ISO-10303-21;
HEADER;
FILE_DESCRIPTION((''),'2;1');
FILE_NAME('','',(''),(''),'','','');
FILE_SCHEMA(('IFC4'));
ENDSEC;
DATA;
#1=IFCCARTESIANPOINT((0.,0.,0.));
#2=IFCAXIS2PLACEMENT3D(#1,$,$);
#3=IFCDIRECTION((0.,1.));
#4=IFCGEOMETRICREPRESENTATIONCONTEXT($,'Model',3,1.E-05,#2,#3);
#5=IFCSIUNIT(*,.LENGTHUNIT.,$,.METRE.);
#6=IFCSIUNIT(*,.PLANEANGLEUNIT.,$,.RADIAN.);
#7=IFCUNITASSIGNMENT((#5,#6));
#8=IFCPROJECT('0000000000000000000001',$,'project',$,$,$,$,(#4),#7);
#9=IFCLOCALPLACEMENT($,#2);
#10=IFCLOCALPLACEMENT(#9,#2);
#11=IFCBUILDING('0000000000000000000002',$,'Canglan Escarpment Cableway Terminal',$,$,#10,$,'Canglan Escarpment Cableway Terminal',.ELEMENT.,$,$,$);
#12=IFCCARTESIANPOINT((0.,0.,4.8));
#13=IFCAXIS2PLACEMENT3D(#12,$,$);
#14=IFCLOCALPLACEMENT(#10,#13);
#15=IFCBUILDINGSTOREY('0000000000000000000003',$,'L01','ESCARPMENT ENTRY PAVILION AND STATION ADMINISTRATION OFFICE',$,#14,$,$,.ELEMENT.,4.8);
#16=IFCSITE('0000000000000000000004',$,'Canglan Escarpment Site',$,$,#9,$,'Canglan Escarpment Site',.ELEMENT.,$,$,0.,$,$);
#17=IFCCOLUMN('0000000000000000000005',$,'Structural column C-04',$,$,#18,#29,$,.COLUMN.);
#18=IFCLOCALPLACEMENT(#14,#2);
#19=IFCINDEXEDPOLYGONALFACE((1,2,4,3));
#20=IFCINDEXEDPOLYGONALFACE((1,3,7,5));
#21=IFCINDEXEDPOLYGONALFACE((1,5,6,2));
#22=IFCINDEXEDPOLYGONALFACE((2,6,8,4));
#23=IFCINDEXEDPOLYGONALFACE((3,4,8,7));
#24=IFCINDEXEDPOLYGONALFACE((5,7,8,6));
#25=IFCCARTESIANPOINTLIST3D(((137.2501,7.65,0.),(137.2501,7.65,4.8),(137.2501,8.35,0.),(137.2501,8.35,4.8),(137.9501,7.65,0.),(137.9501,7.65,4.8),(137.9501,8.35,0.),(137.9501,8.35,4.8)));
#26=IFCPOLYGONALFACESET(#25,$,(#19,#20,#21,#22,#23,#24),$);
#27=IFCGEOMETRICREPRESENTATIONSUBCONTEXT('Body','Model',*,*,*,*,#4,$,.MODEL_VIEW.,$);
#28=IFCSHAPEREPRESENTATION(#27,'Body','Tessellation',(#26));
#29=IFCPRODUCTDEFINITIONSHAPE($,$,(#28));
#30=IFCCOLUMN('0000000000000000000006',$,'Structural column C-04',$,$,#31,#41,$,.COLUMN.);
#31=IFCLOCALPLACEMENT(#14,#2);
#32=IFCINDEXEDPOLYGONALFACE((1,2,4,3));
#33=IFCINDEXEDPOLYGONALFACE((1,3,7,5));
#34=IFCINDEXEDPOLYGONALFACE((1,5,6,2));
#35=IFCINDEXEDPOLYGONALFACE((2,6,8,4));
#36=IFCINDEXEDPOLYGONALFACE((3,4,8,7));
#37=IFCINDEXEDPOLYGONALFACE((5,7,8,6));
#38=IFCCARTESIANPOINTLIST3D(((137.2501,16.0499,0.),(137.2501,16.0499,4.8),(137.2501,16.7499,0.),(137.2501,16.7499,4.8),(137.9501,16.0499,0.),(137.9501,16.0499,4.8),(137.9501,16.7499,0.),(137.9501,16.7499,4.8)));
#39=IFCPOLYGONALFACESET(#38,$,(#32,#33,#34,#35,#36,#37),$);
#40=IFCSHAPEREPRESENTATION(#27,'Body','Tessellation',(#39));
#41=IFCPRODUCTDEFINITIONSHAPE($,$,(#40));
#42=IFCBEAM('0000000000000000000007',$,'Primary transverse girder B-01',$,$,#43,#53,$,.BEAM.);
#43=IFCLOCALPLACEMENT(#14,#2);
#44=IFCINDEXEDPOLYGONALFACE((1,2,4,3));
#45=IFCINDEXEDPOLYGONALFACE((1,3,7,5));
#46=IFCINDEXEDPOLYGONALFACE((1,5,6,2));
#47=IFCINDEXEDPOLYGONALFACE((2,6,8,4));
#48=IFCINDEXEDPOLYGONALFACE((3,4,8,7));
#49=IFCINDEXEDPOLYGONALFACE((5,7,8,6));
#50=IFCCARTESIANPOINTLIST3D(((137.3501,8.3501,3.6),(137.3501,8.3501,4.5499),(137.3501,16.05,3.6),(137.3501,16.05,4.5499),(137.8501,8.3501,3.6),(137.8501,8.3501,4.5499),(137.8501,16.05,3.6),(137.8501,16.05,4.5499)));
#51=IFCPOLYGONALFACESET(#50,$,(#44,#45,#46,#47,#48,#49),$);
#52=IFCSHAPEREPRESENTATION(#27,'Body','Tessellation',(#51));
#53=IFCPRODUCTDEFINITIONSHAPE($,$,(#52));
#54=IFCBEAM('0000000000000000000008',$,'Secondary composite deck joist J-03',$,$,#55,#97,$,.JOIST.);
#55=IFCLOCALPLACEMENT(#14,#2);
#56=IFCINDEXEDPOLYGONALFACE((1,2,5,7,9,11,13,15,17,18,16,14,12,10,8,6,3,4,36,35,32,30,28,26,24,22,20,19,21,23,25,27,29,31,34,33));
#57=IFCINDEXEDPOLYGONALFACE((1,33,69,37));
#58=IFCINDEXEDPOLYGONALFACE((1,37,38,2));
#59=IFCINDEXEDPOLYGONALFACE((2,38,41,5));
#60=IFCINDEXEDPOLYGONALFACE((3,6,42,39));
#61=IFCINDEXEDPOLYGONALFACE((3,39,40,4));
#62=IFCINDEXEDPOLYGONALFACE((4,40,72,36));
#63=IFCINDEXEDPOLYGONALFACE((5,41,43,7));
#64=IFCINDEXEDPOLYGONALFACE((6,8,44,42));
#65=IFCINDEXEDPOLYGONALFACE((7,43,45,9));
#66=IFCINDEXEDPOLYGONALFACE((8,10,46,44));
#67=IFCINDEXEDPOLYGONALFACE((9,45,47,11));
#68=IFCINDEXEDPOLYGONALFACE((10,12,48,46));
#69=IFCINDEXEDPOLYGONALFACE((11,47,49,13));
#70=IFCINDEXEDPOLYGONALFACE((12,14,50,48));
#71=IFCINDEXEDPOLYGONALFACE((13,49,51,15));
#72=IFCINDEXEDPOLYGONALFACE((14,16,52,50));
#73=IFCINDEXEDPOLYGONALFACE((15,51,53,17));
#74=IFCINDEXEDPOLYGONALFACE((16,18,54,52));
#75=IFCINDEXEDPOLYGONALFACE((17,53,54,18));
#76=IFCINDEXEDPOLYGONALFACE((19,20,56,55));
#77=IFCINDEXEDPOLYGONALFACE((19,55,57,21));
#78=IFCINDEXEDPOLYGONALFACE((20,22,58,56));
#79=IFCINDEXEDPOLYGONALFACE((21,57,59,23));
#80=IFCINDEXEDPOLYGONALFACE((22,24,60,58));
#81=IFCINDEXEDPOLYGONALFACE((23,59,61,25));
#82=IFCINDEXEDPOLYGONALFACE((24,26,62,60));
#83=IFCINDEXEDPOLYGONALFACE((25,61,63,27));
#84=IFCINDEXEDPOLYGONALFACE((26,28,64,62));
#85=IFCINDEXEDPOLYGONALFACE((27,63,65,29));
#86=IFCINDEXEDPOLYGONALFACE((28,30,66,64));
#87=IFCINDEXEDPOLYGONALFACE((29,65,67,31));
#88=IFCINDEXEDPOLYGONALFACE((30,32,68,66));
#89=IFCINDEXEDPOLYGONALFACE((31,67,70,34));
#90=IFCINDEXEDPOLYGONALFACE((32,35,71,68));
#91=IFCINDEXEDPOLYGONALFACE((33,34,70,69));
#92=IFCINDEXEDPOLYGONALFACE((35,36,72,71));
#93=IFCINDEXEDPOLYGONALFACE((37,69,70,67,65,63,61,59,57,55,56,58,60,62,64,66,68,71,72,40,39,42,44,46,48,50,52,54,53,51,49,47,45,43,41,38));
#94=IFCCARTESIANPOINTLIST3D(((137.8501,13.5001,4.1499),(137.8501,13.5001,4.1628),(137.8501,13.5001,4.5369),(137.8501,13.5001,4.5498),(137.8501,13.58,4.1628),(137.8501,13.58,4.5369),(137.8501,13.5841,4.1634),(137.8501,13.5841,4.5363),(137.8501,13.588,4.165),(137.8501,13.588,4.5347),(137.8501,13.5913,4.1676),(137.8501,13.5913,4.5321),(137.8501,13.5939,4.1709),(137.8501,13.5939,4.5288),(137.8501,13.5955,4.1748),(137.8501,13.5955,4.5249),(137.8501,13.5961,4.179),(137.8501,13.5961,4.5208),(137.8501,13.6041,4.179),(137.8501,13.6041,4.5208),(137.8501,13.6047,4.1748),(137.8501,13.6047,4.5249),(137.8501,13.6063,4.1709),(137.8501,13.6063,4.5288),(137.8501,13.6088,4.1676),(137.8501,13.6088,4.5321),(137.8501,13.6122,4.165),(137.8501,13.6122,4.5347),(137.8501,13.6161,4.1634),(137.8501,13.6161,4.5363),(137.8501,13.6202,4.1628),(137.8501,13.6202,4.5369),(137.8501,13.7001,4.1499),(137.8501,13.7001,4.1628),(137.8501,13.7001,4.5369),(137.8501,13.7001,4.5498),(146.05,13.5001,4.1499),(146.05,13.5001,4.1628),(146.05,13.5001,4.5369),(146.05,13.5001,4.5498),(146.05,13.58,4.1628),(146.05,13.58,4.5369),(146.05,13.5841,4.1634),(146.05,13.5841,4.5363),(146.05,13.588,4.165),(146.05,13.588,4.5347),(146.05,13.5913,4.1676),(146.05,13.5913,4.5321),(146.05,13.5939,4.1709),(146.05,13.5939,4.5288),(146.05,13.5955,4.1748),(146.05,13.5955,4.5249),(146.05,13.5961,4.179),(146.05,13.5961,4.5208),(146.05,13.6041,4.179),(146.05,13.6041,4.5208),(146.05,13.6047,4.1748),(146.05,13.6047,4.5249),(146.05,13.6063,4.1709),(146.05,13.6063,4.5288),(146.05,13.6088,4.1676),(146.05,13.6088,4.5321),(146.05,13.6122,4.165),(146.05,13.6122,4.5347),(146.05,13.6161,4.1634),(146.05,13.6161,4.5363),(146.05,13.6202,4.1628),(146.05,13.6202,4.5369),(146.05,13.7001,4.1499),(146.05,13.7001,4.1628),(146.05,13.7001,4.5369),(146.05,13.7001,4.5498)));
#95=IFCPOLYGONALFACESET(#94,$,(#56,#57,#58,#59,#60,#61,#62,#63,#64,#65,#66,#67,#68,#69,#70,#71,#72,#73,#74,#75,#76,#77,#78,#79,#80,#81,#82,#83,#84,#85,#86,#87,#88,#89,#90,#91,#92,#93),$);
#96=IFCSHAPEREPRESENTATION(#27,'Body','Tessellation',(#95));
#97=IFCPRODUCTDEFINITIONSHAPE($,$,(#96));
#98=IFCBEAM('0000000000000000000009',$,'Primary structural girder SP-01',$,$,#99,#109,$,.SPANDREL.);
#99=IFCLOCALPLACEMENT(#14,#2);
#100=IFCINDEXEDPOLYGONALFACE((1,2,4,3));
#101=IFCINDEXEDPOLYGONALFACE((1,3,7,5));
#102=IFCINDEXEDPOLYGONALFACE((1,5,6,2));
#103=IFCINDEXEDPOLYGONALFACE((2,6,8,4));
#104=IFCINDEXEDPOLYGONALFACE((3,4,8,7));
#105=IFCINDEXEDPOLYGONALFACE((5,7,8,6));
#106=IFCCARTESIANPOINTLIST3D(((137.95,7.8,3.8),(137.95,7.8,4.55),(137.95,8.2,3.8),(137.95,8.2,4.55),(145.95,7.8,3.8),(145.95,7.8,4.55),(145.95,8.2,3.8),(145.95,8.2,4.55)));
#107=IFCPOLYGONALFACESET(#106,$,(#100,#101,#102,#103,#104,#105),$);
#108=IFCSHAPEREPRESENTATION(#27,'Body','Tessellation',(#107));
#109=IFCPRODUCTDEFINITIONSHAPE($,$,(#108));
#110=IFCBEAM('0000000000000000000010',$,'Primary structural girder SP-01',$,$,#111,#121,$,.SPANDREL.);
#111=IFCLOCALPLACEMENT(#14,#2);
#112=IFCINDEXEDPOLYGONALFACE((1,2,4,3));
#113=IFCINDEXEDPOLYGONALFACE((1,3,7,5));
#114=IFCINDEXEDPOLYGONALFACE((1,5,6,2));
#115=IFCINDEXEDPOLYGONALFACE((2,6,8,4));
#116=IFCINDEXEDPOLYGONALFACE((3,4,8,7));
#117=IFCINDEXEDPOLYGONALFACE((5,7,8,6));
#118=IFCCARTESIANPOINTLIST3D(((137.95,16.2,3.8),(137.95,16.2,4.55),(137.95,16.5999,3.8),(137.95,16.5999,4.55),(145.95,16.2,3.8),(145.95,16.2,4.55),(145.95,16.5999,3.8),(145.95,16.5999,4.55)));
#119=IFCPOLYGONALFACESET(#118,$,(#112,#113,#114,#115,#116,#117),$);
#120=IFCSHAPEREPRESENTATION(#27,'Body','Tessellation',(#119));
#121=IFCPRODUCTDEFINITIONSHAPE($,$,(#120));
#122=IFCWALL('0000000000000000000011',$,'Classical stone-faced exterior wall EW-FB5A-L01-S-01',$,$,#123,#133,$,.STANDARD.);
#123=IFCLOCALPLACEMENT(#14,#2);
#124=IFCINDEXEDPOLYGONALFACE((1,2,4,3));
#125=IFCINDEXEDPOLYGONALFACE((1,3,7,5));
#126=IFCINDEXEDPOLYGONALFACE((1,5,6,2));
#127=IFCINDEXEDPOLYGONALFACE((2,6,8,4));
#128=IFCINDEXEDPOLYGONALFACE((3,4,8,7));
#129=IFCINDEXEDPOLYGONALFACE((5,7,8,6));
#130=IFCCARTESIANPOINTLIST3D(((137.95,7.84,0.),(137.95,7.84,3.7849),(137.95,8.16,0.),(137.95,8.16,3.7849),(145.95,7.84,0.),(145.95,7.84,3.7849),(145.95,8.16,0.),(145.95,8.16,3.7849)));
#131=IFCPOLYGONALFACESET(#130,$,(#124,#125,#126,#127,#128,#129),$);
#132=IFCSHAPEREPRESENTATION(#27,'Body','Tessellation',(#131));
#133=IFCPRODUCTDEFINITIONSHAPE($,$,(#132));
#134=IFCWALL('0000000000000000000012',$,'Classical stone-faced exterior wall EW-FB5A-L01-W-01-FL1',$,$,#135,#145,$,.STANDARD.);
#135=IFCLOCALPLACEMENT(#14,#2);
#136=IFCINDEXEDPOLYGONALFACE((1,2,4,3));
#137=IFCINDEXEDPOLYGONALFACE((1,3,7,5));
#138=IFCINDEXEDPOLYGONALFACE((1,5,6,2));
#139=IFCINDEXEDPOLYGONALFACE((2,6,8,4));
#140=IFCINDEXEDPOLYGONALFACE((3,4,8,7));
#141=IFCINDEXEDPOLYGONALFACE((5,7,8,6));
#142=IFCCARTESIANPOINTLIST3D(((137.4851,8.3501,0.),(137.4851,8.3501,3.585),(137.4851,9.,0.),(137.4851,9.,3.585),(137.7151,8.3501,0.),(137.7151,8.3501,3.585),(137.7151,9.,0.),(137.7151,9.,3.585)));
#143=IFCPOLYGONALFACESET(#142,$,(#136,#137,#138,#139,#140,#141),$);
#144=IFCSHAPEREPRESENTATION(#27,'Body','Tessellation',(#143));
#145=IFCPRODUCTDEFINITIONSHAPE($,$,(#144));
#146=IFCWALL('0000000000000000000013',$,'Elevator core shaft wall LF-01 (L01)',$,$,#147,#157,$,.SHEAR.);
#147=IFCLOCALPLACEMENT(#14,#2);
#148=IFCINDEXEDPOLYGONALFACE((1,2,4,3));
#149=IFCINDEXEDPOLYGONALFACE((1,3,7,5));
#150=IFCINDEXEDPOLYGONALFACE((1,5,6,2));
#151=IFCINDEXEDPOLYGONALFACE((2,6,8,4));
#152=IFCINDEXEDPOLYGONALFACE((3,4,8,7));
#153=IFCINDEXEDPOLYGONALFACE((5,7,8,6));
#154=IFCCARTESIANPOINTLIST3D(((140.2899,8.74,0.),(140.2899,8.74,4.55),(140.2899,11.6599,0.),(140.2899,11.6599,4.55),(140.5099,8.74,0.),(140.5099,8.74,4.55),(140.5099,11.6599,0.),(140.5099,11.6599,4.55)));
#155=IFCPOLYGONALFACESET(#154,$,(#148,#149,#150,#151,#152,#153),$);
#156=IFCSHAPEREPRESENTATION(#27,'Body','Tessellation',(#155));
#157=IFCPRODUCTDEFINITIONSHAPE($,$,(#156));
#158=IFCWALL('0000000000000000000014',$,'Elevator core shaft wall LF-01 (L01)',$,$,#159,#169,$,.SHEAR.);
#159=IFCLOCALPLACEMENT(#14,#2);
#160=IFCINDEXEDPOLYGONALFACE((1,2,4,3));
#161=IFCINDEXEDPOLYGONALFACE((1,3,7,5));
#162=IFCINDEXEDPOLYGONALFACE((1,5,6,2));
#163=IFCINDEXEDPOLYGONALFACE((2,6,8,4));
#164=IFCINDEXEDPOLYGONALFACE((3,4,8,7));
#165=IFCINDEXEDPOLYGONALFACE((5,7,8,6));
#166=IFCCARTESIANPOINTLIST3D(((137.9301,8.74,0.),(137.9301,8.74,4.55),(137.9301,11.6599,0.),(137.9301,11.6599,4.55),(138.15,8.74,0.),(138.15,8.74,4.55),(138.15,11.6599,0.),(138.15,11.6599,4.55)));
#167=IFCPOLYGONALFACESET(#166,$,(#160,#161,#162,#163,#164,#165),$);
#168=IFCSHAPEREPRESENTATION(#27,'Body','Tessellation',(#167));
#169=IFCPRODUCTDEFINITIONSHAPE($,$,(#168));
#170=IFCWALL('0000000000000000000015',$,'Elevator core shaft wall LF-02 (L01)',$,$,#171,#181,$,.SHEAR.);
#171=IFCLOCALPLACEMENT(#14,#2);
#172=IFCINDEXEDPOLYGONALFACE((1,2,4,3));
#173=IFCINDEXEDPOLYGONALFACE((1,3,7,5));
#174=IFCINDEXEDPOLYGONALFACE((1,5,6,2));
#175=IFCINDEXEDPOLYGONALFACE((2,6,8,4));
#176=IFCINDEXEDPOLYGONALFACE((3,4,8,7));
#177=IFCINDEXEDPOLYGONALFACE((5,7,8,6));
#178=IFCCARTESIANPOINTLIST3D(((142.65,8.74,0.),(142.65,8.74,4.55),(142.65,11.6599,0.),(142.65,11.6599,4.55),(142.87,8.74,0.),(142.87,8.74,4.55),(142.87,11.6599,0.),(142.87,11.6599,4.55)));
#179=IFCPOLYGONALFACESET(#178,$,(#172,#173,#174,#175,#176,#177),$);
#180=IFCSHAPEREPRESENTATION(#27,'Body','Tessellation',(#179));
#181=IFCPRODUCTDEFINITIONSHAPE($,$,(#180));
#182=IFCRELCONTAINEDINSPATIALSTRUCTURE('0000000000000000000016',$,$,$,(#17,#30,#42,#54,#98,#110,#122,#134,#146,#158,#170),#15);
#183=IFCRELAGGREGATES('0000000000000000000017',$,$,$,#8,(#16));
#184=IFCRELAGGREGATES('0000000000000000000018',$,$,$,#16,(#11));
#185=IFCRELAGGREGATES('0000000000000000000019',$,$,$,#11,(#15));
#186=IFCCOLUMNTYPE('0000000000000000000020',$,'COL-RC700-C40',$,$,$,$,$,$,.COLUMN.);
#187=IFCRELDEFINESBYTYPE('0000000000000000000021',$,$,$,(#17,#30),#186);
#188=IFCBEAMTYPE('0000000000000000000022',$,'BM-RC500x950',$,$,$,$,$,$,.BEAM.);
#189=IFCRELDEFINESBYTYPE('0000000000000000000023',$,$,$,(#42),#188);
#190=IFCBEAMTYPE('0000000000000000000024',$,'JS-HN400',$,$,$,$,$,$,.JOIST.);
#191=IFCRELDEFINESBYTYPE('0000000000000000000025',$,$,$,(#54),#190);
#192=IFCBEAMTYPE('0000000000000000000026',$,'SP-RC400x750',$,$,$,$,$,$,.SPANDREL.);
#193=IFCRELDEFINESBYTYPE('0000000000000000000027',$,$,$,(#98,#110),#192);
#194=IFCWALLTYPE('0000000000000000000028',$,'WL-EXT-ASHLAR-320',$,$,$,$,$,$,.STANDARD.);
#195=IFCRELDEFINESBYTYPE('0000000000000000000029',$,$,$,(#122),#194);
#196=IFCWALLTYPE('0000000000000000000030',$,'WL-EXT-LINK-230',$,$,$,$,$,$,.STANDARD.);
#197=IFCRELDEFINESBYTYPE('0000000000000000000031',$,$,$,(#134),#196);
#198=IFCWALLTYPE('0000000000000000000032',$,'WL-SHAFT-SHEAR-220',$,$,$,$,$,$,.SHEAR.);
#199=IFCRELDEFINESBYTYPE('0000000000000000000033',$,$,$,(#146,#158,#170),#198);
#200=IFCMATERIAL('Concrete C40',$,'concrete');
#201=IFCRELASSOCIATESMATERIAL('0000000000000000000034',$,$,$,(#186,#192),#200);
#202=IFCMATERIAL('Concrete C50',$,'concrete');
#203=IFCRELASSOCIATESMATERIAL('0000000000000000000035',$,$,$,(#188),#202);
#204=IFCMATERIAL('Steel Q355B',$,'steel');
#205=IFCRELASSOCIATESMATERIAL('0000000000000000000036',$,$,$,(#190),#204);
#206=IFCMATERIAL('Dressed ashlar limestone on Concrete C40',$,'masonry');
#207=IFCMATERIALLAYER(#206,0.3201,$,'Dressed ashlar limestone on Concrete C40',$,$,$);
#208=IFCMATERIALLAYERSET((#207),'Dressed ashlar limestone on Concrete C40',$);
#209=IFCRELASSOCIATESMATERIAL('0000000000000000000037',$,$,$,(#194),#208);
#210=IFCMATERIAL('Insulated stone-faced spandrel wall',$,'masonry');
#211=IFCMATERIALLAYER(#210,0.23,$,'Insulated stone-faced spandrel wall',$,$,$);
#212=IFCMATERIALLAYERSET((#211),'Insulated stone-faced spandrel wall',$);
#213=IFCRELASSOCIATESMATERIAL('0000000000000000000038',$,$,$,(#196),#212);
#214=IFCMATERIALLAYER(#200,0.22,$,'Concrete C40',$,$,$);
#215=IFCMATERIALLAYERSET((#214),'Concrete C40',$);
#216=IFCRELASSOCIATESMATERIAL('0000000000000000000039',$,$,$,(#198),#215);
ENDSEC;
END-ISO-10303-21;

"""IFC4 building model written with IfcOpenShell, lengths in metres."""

from ifc_helpers import new_model, si_unit, direction, frame, frame_2d, origin, origin_2d, place, context, subcontext, project, spatial, rectangle, i_section, extrude, material, layer, layer_set, material_profile, profile_set, type_object, element, save


model = new_model("IFC4")

# Units and contexts
model_context = context("Model", 3, precision=1e-05, world=origin(), true_north=direction((0.0, 1.0)))
body_context = subcontext(model_context, "Body", "Model", "MODEL_VIEW")
ifc_project = project(units=[si_unit("LENGTHUNIT", "METRE"), si_unit("PLANEANGLEUNIT", "RADIAN")], contexts=[model_context])

# Site, building, storey
site_placement = place(None, origin())
site = spatial("IfcSite", under=ifc_project, at=site_placement, Name="Canglan Escarpment Site", LongName="Canglan Escarpment Site", CompositionType="ELEMENT", RefElevation=0.0)
building_placement = place(site_placement, origin())
building = spatial("IfcBuilding", under=site, at=building_placement, Name="Canglan Escarpment Cableway Terminal", LongName="Canglan Escarpment Cableway Terminal", CompositionType="ELEMENT")
storey_placement = place(building_placement, frame((0.0, 0.0, 4.8)))
storey = spatial("IfcBuildingStorey", under=building, at=storey_placement, Name="L01", Description="ESCARPMENT ENTRY PAVILION AND STATION ADMINISTRATION OFFICE", CompositionType="ELEMENT", Elevation=4.8)

# Columns
ifc_material_1 = material(Name="Concrete C40", Category="concrete")
ifc_material_profile_1 = material_profile(ifc_material_1, rectangle(XDim=0.7, YDim=0.7, at=origin_2d()), Name="RC 700x700")
ifc_profile_set_1 = profile_set([ifc_material_profile_1], Name="Concrete C40")
column_type = type_object("IfcColumnType", Name="COL-RC700-C40", PredefinedType="COLUMN", material=ifc_profile_set_1)
for number, where, z_axis, x_axis, name in (
    (1, (137.6001, 8.0, 0.0), (0.0, 0.0, 1.0), (1.0, 0.0, 0.0), "Structural column C-04"),
    (2, (137.6001, 16.3999, 0.0), (0.0, 0.0, 1.0), (1.0, 0.0, 0.0), "Structural column C-04"),
):
    element("IfcColumn", number, at=place(storey_placement, frame(where, z_axis=z_axis, x_axis=x_axis)), inside=storey, type_object=column_type, Name=name, PredefinedType="COLUMN", context=body_context, shape_type="SweptSolid", body=[
        extrude(rectangle(XDim=0.7, YDim=0.7, at=origin_2d()), origin(), (0.0, 0.0, 1.0), 4.8),
    ])

# Beams
ifc_material_2 = material(Name="Concrete C50", Category="concrete")
ifc_material_profile_2 = material_profile(ifc_material_2, rectangle(XDim=0.5, YDim=0.95, at=origin_2d()), Name="RC 500x950")
ifc_profile_set_2 = profile_set([ifc_material_profile_2], Name="Concrete C50")
beam_type_1 = type_object("IfcBeamType", Name="BM-RC500x950", PredefinedType="BEAM", material=ifc_profile_set_2)
beam_1_placement = place(storey_placement, frame((137.6001, 8.3501, 4.075), z_axis=(0.0, 1.0, 0.0), x_axis=(-1.0, 0.0, 0.0)))
element("IfcBeam", 3, at=beam_1_placement, inside=storey, type_object=beam_type_1, Name="Primary transverse girder B-01", PredefinedType="BEAM", context=body_context, shape_type="SweptSolid", body=[
    extrude(rectangle(XDim=0.5, YDim=0.95, at=origin_2d()), origin(), (0.0, 0.0, 1.0), 7.7),
])
ifc_material_3 = material(Name="Steel Q355B", Category="steel")
ifc_material_profile_3 = material_profile(ifc_material_3, i_section(OverallWidth=0.2, OverallDepth=0.3999, WebThickness=0.0081, FlangeThickness=0.0129, FilletRadius=0.0161, at=origin_2d()), Name="HN 400x200x8x13")
ifc_profile_set_3 = profile_set([ifc_material_profile_3], Name="Steel Q355B")
beam_type_2 = type_object("IfcBeamType", Name="JS-HN400", PredefinedType="JOIST", material=ifc_profile_set_3)
beam_2_placement = place(storey_placement, frame((137.8501, 13.6001, 4.3499), z_axis=(1.0, 0.0, 0.0), x_axis=(0.0, 1.0, 0.0)))
element("IfcBeam", 4, at=beam_2_placement, inside=storey, type_object=beam_type_2, Name="Secondary composite deck joist J-03", PredefinedType="JOIST", context=body_context, shape_type="SweptSolid", body=[
    extrude(i_section(OverallWidth=0.2, OverallDepth=0.3999, WebThickness=0.0081, FlangeThickness=0.0129, FilletRadius=0.0161, at=origin_2d()), origin(), (0.0, 0.0, 1.0), 8.2),
])
ifc_material_profile_4 = material_profile(ifc_material_1, rectangle(XDim=0.3999, YDim=0.75, at=origin_2d()), Name="RC 400x750")
ifc_profile_set_4 = profile_set([ifc_material_profile_4], Name="Concrete C40")
beam_type_3 = type_object("IfcBeamType", Name="SP-RC400x750", PredefinedType="SPANDREL", material=ifc_profile_set_4)
for number, where, z_axis, x_axis, name in (
    (5, (137.95, 8.0, 4.175), (1.0, 0.0, 0.0), (0.0, 1.0, 0.0), "Primary structural girder SP-01"),
    (6, (137.95, 16.3999, 4.175), (1.0, 0.0, 0.0), (0.0, 1.0, 0.0), "Primary structural girder SP-01"),
):
    element("IfcBeam", number, at=place(storey_placement, frame(where, z_axis=z_axis, x_axis=x_axis)), inside=storey, type_object=beam_type_3, Name=name, PredefinedType="SPANDREL", context=body_context, shape_type="SweptSolid", body=[
        extrude(rectangle(XDim=0.3999, YDim=0.75, at=origin_2d()), origin(), (0.0, 0.0, 1.0), 8.0),
    ])

# Walls
ifc_material_4 = material(Name="Dressed ashlar limestone on Concrete C40", Category="masonry")
ifc_layer_1 = layer(ifc_material_4, 0.3201, Name="Dressed ashlar limestone on Concrete C40")
ifc_layer_set_1 = layer_set([ifc_layer_1], Name="Dressed ashlar limestone on Concrete C40")
wall_type_1 = type_object("IfcWallType", Name="WL-EXT-ASHLAR-320", PredefinedType="STANDARD", material=ifc_layer_set_1)
wall_1_placement = place(storey_placement, frame((137.95, 8.0, 0.0), z_axis=(0.0, 0.0, 1.0), x_axis=(1.0, 0.0, 0.0)))
element("IfcWall", 7, at=wall_1_placement, inside=storey, type_object=wall_type_1, Name="Classical stone-faced exterior wall EW-FB5A-L01-S-01", PredefinedType="STANDARD", context=body_context, shape_type="SweptSolid", body=[
    extrude(rectangle(XDim=8.0, YDim=0.3201, at=frame_2d((4.0, 0.0))), origin(), (0.0, 0.0, 1.0), 3.7849),
])
ifc_material_5 = material(Name="Insulated stone-faced spandrel wall", Category="masonry")
ifc_layer_2 = layer(ifc_material_5, 0.23, Name="Insulated stone-faced spandrel wall")
ifc_layer_set_2 = layer_set([ifc_layer_2], Name="Insulated stone-faced spandrel wall")
wall_type_2 = type_object("IfcWallType", Name="WL-EXT-LINK-230", PredefinedType="STANDARD", material=ifc_layer_set_2)
wall_2_placement = place(storey_placement, frame((137.6001, 8.3501, 0.0), z_axis=(0.0, 0.0, 1.0), x_axis=(0.0, 1.0, 0.0)))
element("IfcWall", 8, at=wall_2_placement, inside=storey, type_object=wall_type_2, Name="Classical stone-faced exterior wall EW-FB5A-L01-W-01-FL1", PredefinedType="STANDARD", context=body_context, shape_type="SweptSolid", body=[
    extrude(rectangle(XDim=0.6499, YDim=0.23, at=frame_2d((0.325, 0.0))), origin(), (0.0, 0.0, 1.0), 3.585),
])
ifc_layer_3 = layer(ifc_material_1, 0.22, Name="Concrete C40")
ifc_layer_set_3 = layer_set([ifc_layer_3], Name="Concrete C40")
wall_type_3 = type_object("IfcWallType", Name="WL-SHAFT-SHEAR-220", PredefinedType="SHEAR", material=ifc_layer_set_3)
wall_3_placement = place(storey_placement, frame((140.3999, 8.74, 0.0), z_axis=(0.0, 0.0, 1.0), x_axis=(0.0, 1.0, 0.0)))
element("IfcWall", 9, at=wall_3_placement, inside=storey, type_object=wall_type_3, Name="Elevator core shaft wall LF-01 (L01)", PredefinedType="SHEAR", context=body_context, shape_type="SweptSolid", body=[
    extrude(rectangle(XDim=2.9199, YDim=0.22, at=frame_2d((1.46, 0.0))), origin(), (0.0, 0.0, 1.0), 4.55),
])

# Walls
wall_4_placement = place(storey_placement, frame((138.04, 11.6599, 0.0), z_axis=(0.0, 0.0, 1.0), x_axis=(0.0, -1.0, 0.0)))
element("IfcWall", 10, at=wall_4_placement, inside=storey, type_object=wall_type_3, Name="Elevator core shaft wall LF-01 (L01)", PredefinedType="SHEAR", context=body_context, shape_type="SweptSolid", body=[
    extrude(rectangle(XDim=2.9199, YDim=0.22, at=frame_2d((1.46, 0.0))), origin(), (0.0, 0.0, 1.0), 4.55),
])
wall_5_placement = place(storey_placement, frame((142.76, 8.74, 0.0), z_axis=(0.0, 0.0, 1.0), x_axis=(0.0, 1.0, 0.0)))
element("IfcWall", 11, at=wall_5_placement, inside=storey, type_object=wall_type_3, Name="Elevator core shaft wall LF-02 (L01)", PredefinedType="SHEAR", context=body_context, shape_type="SweptSolid", body=[
    extrude(rectangle(XDim=2.9199, YDim=0.22, at=frame_2d((1.46, 0.0))), origin(), (0.0, 0.0, 1.0), 4.55),
])

save(model, "model.ifc")
